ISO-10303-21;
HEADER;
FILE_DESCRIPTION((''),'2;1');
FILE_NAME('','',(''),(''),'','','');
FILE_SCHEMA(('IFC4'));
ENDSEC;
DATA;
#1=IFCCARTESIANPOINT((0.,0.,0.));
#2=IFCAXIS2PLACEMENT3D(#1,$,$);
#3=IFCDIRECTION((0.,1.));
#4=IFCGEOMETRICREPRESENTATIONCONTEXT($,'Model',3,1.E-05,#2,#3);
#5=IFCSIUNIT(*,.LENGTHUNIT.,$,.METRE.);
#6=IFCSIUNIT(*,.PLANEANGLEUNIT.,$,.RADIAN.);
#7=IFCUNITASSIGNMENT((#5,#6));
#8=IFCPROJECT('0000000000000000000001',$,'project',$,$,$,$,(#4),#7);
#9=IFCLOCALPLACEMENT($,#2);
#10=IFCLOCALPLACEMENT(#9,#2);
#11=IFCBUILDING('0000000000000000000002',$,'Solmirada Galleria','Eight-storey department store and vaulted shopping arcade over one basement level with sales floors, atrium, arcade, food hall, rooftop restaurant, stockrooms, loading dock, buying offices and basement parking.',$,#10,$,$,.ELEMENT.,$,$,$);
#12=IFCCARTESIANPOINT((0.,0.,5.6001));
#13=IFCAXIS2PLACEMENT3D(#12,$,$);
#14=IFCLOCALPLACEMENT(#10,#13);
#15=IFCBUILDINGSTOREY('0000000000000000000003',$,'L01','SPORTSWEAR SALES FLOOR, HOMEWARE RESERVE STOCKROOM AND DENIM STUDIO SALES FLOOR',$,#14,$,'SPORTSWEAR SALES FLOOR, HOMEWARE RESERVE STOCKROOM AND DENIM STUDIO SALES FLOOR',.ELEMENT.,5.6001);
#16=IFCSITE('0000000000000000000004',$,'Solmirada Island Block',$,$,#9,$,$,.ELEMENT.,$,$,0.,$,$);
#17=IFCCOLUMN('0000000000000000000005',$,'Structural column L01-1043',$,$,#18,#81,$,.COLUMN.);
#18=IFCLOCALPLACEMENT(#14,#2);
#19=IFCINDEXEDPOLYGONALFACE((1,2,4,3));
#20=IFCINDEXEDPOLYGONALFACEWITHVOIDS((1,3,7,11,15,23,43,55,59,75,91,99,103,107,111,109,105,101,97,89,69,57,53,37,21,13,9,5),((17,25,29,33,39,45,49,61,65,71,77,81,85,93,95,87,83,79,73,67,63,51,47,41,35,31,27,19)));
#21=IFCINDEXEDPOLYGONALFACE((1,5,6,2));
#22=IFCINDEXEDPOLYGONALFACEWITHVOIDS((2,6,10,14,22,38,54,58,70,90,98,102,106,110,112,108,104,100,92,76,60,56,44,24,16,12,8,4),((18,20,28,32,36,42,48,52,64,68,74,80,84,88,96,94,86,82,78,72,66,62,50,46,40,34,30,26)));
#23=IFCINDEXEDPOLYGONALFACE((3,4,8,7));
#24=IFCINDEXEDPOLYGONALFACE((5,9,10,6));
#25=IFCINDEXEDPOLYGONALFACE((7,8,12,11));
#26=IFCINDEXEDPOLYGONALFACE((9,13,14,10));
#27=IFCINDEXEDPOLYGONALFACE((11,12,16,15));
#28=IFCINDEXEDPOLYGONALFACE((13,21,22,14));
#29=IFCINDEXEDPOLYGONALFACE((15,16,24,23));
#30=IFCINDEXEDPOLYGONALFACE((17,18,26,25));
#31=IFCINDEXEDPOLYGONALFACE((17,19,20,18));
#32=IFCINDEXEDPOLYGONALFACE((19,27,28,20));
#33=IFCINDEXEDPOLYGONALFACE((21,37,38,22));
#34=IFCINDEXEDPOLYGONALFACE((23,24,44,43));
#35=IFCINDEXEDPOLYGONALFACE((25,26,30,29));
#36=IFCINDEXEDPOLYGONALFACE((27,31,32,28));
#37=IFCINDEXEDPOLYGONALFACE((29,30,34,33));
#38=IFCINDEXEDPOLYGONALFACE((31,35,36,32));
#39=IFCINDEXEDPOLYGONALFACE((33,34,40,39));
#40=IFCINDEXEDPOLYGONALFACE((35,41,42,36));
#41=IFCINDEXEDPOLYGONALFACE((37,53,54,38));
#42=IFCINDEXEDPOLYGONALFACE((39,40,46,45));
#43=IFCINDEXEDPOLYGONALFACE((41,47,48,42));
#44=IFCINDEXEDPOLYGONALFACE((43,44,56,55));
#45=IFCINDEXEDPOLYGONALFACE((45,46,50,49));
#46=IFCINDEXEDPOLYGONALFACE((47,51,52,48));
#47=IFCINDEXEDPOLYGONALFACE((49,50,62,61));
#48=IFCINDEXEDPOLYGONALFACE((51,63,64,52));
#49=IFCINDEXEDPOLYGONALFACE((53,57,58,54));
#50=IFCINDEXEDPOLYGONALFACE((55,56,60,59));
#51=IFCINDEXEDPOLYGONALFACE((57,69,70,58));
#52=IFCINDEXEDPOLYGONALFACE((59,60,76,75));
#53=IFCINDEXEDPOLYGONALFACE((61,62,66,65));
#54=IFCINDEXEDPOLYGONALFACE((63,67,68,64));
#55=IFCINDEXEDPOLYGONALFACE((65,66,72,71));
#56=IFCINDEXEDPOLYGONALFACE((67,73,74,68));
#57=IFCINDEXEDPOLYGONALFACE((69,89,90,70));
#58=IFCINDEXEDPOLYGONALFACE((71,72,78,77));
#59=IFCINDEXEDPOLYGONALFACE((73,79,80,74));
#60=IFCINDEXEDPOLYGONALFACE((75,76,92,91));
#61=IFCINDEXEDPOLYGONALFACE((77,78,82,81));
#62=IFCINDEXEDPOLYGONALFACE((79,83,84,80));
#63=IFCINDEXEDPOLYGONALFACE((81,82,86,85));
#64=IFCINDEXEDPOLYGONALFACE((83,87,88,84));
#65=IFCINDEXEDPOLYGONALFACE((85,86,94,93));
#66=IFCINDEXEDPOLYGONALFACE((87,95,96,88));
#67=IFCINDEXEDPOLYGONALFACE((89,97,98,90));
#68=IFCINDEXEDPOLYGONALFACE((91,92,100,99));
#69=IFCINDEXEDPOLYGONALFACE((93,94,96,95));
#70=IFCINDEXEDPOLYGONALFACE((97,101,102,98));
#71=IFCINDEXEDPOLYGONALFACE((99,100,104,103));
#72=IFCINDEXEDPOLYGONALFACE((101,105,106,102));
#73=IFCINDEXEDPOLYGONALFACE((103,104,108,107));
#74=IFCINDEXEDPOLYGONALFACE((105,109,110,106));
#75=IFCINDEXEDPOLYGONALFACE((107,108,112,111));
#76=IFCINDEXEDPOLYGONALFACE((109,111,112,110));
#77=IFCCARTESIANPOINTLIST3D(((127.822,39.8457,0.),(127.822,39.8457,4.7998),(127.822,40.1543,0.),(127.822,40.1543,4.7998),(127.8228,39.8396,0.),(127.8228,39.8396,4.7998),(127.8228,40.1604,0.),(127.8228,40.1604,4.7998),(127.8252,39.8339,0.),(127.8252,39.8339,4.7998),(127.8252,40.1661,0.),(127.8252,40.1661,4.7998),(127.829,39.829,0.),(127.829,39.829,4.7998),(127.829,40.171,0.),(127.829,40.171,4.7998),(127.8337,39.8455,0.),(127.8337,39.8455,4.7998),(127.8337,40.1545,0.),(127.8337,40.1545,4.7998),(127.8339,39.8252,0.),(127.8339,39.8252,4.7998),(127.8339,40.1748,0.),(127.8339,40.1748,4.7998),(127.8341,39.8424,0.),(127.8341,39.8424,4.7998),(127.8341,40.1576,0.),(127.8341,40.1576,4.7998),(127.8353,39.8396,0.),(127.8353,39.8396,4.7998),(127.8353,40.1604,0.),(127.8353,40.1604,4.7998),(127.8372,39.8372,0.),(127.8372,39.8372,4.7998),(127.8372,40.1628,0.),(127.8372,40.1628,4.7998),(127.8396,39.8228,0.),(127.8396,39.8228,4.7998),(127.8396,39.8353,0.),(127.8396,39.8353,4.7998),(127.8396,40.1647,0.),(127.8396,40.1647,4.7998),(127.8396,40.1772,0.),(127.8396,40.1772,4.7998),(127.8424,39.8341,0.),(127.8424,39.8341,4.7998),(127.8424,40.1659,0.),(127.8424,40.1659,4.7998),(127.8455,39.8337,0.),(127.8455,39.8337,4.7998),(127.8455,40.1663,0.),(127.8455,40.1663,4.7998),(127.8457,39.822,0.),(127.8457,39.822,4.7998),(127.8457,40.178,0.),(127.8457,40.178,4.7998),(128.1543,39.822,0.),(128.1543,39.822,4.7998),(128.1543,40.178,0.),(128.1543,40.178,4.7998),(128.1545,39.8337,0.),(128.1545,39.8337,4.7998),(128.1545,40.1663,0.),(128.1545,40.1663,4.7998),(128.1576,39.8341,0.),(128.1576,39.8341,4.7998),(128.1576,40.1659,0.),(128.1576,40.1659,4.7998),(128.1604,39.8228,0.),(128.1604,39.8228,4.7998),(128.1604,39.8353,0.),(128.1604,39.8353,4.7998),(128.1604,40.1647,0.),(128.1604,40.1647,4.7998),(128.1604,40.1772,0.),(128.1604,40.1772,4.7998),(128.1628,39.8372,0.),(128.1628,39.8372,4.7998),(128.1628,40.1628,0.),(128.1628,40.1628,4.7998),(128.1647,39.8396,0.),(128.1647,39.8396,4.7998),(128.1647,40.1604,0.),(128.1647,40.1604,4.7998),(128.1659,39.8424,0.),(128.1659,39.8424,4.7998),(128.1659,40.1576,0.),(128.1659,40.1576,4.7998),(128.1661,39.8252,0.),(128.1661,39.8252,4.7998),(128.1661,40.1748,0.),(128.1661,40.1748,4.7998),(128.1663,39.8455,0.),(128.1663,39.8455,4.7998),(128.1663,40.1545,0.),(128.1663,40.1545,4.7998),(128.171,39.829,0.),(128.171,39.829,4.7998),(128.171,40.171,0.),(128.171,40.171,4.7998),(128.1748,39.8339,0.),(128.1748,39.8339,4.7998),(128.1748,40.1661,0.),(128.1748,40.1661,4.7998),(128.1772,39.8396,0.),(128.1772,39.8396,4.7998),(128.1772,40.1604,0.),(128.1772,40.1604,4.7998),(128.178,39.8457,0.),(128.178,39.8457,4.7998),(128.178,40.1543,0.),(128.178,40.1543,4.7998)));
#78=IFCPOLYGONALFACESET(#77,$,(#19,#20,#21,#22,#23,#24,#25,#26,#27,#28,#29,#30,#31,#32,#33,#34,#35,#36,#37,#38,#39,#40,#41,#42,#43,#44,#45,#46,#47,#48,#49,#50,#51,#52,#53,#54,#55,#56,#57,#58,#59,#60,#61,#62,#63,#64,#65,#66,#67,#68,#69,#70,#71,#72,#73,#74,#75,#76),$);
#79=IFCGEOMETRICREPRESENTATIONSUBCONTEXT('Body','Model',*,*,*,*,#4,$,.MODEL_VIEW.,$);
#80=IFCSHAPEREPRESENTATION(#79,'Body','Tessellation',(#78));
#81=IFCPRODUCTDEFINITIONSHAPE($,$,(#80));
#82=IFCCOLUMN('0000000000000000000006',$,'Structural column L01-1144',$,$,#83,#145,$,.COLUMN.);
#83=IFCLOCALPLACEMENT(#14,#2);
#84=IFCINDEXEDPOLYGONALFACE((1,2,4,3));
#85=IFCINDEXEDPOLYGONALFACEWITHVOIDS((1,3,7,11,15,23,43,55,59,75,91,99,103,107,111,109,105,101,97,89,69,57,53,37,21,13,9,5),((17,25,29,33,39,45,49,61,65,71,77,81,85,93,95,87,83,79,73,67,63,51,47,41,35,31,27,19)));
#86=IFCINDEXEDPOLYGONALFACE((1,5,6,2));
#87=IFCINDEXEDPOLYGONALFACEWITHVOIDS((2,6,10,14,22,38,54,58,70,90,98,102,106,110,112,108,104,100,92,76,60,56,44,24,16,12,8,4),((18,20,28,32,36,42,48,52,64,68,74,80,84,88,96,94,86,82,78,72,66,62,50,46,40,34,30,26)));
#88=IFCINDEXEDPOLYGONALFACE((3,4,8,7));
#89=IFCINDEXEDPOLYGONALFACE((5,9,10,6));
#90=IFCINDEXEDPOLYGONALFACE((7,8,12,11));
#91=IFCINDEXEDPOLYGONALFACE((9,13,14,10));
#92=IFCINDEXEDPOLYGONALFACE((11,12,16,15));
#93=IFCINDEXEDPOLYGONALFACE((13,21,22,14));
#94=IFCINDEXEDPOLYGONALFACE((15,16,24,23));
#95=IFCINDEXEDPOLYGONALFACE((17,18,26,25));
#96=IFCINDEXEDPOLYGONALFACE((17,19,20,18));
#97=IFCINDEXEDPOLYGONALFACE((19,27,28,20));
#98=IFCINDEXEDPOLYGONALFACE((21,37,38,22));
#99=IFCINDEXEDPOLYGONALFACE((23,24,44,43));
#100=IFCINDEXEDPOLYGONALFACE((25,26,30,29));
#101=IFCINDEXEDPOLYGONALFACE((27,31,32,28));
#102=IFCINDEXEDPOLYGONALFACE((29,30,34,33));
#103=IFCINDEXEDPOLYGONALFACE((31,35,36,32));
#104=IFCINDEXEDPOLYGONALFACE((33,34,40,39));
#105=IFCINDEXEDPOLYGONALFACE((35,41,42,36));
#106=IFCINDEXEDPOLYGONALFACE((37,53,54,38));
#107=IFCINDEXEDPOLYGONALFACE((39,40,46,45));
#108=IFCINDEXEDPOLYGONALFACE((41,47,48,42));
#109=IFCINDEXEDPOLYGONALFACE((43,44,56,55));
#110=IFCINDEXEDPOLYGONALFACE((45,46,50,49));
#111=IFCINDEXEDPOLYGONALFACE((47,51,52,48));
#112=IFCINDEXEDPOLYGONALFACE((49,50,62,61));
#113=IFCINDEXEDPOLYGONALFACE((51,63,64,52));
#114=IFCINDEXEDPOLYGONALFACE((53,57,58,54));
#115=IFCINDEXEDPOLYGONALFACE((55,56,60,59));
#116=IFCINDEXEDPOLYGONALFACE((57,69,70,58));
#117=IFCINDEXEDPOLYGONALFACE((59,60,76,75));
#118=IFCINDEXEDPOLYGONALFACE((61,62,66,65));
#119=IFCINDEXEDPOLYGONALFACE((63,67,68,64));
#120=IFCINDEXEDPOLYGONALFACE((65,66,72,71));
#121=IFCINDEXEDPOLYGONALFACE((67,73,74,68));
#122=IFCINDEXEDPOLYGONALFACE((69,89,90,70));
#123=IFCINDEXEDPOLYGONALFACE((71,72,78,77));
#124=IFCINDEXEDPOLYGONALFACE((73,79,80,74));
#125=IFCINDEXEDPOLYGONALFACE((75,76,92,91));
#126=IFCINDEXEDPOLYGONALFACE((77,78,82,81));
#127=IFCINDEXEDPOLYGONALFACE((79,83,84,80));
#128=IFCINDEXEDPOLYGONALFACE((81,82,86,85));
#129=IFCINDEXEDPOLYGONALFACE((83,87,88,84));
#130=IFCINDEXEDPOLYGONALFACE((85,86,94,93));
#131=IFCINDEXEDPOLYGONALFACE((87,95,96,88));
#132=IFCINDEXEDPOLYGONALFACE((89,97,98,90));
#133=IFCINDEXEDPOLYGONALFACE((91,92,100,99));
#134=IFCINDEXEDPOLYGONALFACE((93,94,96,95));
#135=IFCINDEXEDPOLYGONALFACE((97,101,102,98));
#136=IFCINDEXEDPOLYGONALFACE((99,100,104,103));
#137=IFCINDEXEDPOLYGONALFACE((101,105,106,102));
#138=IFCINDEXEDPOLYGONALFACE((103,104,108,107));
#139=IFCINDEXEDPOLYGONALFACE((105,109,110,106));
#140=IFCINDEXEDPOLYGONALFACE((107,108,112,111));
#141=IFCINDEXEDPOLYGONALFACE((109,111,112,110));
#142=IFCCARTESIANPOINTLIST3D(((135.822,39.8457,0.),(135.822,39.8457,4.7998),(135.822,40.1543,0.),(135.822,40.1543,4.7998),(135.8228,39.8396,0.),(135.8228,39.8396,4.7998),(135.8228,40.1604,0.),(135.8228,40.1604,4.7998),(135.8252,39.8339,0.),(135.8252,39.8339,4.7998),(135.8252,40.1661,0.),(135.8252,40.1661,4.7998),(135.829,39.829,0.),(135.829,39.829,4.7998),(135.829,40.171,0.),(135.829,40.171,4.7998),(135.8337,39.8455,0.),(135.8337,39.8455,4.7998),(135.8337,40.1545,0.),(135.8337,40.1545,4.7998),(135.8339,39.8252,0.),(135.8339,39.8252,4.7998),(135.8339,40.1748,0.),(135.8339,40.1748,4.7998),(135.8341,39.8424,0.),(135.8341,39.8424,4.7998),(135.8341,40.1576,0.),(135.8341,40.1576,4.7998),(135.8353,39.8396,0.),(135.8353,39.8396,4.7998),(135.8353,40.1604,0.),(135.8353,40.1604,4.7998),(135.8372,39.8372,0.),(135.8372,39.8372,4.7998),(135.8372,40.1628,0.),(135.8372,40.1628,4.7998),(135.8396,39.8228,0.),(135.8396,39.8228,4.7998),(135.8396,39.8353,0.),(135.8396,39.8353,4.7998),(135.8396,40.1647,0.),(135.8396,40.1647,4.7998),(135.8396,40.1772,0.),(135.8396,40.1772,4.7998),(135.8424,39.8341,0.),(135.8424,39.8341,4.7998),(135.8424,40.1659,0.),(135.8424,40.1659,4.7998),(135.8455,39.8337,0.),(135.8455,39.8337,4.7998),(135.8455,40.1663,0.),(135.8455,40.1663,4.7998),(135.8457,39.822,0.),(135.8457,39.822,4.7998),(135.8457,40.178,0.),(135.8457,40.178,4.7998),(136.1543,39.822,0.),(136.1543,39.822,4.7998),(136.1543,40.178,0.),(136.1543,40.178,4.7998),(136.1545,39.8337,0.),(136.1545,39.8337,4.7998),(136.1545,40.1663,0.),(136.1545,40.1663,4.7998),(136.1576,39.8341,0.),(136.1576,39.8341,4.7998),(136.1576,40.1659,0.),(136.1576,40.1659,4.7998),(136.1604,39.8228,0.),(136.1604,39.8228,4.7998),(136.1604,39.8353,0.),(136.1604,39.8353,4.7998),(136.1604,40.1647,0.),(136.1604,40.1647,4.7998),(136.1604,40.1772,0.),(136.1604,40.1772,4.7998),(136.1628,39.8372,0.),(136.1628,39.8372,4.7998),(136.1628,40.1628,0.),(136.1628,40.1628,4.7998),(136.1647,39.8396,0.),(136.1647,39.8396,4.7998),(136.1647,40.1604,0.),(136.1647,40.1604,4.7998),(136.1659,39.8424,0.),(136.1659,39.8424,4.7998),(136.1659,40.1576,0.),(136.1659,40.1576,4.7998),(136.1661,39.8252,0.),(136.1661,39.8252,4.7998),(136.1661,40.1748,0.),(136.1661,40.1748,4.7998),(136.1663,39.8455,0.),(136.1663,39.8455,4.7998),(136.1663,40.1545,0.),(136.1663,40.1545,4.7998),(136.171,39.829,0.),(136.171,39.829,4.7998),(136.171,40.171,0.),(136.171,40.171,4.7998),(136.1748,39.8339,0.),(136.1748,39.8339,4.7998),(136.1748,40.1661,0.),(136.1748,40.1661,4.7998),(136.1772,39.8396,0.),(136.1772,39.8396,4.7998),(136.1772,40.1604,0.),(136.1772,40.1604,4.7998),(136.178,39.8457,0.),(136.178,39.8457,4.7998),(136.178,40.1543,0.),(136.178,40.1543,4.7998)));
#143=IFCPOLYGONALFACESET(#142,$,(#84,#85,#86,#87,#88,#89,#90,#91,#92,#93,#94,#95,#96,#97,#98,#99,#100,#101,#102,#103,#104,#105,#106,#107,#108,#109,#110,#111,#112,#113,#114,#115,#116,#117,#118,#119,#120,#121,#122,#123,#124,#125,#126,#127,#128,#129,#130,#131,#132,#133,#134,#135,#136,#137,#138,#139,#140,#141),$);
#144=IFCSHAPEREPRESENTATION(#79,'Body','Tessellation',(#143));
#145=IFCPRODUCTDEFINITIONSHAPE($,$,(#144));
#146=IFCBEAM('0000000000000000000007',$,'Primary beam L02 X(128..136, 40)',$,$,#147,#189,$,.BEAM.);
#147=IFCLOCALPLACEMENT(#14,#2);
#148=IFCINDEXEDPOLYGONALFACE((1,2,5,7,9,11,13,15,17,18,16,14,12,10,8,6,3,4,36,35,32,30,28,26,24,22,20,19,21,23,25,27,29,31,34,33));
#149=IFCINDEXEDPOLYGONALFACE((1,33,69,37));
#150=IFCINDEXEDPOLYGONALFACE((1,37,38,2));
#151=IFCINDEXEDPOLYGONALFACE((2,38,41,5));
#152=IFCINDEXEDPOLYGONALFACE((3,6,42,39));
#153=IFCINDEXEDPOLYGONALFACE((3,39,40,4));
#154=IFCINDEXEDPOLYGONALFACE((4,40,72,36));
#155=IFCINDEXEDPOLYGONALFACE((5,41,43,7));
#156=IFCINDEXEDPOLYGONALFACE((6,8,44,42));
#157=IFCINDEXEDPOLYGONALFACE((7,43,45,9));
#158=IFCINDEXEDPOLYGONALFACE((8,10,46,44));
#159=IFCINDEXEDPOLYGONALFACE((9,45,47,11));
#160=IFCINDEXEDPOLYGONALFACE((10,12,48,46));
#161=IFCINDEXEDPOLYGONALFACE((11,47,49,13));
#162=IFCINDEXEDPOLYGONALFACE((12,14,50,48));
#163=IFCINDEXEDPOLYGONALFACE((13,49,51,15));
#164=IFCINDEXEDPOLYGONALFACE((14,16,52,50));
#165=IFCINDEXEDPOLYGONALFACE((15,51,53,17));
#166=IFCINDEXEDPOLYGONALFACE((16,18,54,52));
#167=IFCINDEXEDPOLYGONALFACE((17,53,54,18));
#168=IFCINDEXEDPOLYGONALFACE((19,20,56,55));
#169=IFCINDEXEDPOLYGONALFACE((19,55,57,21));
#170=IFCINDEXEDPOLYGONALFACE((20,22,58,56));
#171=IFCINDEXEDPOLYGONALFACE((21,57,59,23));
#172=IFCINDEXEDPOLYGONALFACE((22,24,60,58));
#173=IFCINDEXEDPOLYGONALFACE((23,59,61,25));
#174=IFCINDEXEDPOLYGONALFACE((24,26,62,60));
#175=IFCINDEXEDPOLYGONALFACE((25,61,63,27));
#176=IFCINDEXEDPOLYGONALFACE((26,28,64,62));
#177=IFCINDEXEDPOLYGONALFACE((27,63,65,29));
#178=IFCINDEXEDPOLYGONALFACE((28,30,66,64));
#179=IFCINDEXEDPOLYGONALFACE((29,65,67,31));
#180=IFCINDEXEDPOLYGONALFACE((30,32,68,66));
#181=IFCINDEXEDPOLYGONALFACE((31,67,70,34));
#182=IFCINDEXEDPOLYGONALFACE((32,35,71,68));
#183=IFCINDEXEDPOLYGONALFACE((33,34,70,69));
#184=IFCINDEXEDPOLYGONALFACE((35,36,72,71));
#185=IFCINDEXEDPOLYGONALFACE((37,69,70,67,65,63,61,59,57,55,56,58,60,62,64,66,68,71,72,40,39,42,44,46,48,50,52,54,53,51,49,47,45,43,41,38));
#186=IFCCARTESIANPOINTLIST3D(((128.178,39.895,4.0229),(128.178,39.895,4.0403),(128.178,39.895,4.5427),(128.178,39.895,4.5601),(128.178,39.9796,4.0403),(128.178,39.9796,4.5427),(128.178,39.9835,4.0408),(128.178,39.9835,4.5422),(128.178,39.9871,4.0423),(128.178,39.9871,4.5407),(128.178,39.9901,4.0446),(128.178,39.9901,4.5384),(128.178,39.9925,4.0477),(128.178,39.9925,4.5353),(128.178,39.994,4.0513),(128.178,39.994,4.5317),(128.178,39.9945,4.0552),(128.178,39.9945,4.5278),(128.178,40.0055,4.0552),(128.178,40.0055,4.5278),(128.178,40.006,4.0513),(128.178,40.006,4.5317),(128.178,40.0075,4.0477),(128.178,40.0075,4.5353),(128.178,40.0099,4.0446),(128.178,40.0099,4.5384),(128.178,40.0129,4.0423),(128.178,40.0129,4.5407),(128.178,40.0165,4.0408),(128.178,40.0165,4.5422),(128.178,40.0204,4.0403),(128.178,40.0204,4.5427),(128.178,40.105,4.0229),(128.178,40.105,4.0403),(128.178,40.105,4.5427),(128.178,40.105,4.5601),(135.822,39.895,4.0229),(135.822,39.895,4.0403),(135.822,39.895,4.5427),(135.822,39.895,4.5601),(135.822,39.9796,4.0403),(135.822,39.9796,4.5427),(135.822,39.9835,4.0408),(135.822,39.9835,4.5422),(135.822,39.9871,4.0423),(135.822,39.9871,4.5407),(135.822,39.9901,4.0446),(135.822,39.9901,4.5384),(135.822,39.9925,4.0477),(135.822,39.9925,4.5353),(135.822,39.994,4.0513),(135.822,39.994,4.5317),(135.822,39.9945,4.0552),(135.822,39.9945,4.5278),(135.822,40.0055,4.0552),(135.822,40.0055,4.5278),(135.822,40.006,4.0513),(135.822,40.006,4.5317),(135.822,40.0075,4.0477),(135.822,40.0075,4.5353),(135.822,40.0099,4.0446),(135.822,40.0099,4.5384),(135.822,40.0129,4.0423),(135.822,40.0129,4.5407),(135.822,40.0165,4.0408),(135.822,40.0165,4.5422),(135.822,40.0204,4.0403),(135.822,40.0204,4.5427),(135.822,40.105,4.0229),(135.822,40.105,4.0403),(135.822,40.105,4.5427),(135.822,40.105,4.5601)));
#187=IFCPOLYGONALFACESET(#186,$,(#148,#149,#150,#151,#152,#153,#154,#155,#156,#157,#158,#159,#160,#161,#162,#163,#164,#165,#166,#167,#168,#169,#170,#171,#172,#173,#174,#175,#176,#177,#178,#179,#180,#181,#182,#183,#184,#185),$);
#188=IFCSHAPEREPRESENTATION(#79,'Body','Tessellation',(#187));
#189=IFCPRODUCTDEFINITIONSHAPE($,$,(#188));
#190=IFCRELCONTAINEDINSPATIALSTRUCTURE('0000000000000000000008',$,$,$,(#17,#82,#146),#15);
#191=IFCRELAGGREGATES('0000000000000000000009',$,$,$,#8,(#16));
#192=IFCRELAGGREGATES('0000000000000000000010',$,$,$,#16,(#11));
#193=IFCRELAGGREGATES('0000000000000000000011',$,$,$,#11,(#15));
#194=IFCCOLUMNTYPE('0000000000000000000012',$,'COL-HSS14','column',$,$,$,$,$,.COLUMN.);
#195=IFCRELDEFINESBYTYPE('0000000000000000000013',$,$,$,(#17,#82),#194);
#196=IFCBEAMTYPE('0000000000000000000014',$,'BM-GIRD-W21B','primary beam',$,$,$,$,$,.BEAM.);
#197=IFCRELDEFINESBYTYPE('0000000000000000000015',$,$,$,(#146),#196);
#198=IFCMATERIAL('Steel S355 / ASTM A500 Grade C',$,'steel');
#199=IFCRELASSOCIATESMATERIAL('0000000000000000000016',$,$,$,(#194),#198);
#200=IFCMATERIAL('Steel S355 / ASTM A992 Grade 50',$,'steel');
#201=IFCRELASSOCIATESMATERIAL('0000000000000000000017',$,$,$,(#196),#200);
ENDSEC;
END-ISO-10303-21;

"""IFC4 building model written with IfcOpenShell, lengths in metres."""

from ifc_helpers import new_model, si_unit, direction, frame, origin, origin_2d, place, context, subcontext, project, spatial, hollow_rectangle, i_section, extrude, material, material_profile, profile_set, type_object, element, save


model = new_model("IFC4")

# Units and contexts
model_context = context("Model", 3, precision=1e-05, world=origin(), true_north=direction((0.0, 1.0)))
body_context = subcontext(model_context, "Body", "Model", "MODEL_VIEW")
ifc_project = project(units=[si_unit("LENGTHUNIT", "METRE"), si_unit("PLANEANGLEUNIT", "RADIAN")], contexts=[model_context])

# Site, building, storey
site_placement = place(None, origin())
site = spatial("IfcSite", under=ifc_project, at=site_placement, Name="Solmirada Island Block", CompositionType="ELEMENT", RefElevation=0.0)
building_placement = place(site_placement, origin())
building = spatial("IfcBuilding", under=site, at=building_placement, Name="Solmirada Galleria", Description="Eight-storey department store and vaulted shopping arcade over one basement level with sales floors, atrium, arcade, food hall, rooftop restaurant, stockrooms, loading dock, buying offices and basement parking.", CompositionType="ELEMENT")
storey_placement = place(building_placement, frame((0.0, 0.0, 5.6001)))
storey = spatial("IfcBuildingStorey", under=building, at=storey_placement, Name="L01", Description="SPORTSWEAR SALES FLOOR, HOMEWARE RESERVE STOCKROOM AND DENIM STUDIO SALES FLOOR", LongName="SPORTSWEAR SALES FLOOR, HOMEWARE RESERVE STOCKROOM AND DENIM STUDIO SALES FLOOR", CompositionType="ELEMENT", Elevation=5.6001)

# Columns
ifc_material_1 = material(Name="Steel S355 / ASTM A500 Grade C", Category="steel")
ifc_material_profile_1 = material_profile(ifc_material_1, hollow_rectangle(XDim=0.356, YDim=0.356, WallThickness=0.0117, InnerFilletRadius=0.0117, OuterFilletRadius=0.0237, at=origin_2d()), Name="HSS14X14X1/2")
ifc_profile_set_1 = profile_set([ifc_material_profile_1], Name="Steel S355 / ASTM A500 Grade C")
column_type = type_object("IfcColumnType", Name="COL-HSS14", Description="column", PredefinedType="COLUMN", material=ifc_profile_set_1)
for number, where, z_axis, x_axis, name in (
    (1, (128.0, 40.0, 0.0), (0.0, 0.0, 1.0), (1.0, 0.0, 0.0), "Structural column L01-1043"),
    (2, (136.0, 40.0, 0.0), (0.0, 0.0, 1.0), (1.0, 0.0, 0.0), "Structural column L01-1144"),
):
    element("IfcColumn", number, at=place(storey_placement, frame(where, z_axis=z_axis, x_axis=x_axis)), inside=storey, type_object=column_type, Name=name, PredefinedType="COLUMN", context=body_context, shape_type="SweptSolid", body=[
        extrude(hollow_rectangle(XDim=0.356, YDim=0.356, WallThickness=0.0117, InnerFilletRadius=0.0117, OuterFilletRadius=0.0237, at=origin_2d()), origin(), (0.0, 0.0, 1.0), 4.7998),
    ])

# Beam
ifc_material_2 = material(Name="Steel S355 / ASTM A992 Grade 50", Category="steel")
ifc_material_profile_2 = material_profile(ifc_material_2, i_section(OverallWidth=0.21, OverallDepth=0.5371, WebThickness=0.011, FlangeThickness=0.0173, FilletRadius=0.0149, at=origin_2d()), Name="W21X68")
ifc_profile_set_2 = profile_set([ifc_material_profile_2], Name="Steel S355 / ASTM A992 Grade 50")
beam_type_1 = type_object("IfcBeamType", Name="BM-GIRD-W21B", Description="primary beam", PredefinedType="BEAM", material=ifc_profile_set_2)
beam_1_placement = place(storey_placement, frame((128.178, 40.0, 4.2915), z_axis=(1.0, 0.0, 0.0), x_axis=(0.0, 1.0, 0.0)))
element("IfcBeam", 3, at=beam_1_placement, inside=storey, type_object=beam_type_1, Name="Primary beam L02 X(128..136, 40)", PredefinedType="BEAM", context=body_context, shape_type="SweptSolid", body=[
    extrude(i_section(OverallWidth=0.21, OverallDepth=0.5371, WebThickness=0.011, FlangeThickness=0.0173, FilletRadius=0.0149, at=origin_2d()), origin(), (0.0, 0.0, 1.0), 7.644),
])

save(model, "model.ifc")
